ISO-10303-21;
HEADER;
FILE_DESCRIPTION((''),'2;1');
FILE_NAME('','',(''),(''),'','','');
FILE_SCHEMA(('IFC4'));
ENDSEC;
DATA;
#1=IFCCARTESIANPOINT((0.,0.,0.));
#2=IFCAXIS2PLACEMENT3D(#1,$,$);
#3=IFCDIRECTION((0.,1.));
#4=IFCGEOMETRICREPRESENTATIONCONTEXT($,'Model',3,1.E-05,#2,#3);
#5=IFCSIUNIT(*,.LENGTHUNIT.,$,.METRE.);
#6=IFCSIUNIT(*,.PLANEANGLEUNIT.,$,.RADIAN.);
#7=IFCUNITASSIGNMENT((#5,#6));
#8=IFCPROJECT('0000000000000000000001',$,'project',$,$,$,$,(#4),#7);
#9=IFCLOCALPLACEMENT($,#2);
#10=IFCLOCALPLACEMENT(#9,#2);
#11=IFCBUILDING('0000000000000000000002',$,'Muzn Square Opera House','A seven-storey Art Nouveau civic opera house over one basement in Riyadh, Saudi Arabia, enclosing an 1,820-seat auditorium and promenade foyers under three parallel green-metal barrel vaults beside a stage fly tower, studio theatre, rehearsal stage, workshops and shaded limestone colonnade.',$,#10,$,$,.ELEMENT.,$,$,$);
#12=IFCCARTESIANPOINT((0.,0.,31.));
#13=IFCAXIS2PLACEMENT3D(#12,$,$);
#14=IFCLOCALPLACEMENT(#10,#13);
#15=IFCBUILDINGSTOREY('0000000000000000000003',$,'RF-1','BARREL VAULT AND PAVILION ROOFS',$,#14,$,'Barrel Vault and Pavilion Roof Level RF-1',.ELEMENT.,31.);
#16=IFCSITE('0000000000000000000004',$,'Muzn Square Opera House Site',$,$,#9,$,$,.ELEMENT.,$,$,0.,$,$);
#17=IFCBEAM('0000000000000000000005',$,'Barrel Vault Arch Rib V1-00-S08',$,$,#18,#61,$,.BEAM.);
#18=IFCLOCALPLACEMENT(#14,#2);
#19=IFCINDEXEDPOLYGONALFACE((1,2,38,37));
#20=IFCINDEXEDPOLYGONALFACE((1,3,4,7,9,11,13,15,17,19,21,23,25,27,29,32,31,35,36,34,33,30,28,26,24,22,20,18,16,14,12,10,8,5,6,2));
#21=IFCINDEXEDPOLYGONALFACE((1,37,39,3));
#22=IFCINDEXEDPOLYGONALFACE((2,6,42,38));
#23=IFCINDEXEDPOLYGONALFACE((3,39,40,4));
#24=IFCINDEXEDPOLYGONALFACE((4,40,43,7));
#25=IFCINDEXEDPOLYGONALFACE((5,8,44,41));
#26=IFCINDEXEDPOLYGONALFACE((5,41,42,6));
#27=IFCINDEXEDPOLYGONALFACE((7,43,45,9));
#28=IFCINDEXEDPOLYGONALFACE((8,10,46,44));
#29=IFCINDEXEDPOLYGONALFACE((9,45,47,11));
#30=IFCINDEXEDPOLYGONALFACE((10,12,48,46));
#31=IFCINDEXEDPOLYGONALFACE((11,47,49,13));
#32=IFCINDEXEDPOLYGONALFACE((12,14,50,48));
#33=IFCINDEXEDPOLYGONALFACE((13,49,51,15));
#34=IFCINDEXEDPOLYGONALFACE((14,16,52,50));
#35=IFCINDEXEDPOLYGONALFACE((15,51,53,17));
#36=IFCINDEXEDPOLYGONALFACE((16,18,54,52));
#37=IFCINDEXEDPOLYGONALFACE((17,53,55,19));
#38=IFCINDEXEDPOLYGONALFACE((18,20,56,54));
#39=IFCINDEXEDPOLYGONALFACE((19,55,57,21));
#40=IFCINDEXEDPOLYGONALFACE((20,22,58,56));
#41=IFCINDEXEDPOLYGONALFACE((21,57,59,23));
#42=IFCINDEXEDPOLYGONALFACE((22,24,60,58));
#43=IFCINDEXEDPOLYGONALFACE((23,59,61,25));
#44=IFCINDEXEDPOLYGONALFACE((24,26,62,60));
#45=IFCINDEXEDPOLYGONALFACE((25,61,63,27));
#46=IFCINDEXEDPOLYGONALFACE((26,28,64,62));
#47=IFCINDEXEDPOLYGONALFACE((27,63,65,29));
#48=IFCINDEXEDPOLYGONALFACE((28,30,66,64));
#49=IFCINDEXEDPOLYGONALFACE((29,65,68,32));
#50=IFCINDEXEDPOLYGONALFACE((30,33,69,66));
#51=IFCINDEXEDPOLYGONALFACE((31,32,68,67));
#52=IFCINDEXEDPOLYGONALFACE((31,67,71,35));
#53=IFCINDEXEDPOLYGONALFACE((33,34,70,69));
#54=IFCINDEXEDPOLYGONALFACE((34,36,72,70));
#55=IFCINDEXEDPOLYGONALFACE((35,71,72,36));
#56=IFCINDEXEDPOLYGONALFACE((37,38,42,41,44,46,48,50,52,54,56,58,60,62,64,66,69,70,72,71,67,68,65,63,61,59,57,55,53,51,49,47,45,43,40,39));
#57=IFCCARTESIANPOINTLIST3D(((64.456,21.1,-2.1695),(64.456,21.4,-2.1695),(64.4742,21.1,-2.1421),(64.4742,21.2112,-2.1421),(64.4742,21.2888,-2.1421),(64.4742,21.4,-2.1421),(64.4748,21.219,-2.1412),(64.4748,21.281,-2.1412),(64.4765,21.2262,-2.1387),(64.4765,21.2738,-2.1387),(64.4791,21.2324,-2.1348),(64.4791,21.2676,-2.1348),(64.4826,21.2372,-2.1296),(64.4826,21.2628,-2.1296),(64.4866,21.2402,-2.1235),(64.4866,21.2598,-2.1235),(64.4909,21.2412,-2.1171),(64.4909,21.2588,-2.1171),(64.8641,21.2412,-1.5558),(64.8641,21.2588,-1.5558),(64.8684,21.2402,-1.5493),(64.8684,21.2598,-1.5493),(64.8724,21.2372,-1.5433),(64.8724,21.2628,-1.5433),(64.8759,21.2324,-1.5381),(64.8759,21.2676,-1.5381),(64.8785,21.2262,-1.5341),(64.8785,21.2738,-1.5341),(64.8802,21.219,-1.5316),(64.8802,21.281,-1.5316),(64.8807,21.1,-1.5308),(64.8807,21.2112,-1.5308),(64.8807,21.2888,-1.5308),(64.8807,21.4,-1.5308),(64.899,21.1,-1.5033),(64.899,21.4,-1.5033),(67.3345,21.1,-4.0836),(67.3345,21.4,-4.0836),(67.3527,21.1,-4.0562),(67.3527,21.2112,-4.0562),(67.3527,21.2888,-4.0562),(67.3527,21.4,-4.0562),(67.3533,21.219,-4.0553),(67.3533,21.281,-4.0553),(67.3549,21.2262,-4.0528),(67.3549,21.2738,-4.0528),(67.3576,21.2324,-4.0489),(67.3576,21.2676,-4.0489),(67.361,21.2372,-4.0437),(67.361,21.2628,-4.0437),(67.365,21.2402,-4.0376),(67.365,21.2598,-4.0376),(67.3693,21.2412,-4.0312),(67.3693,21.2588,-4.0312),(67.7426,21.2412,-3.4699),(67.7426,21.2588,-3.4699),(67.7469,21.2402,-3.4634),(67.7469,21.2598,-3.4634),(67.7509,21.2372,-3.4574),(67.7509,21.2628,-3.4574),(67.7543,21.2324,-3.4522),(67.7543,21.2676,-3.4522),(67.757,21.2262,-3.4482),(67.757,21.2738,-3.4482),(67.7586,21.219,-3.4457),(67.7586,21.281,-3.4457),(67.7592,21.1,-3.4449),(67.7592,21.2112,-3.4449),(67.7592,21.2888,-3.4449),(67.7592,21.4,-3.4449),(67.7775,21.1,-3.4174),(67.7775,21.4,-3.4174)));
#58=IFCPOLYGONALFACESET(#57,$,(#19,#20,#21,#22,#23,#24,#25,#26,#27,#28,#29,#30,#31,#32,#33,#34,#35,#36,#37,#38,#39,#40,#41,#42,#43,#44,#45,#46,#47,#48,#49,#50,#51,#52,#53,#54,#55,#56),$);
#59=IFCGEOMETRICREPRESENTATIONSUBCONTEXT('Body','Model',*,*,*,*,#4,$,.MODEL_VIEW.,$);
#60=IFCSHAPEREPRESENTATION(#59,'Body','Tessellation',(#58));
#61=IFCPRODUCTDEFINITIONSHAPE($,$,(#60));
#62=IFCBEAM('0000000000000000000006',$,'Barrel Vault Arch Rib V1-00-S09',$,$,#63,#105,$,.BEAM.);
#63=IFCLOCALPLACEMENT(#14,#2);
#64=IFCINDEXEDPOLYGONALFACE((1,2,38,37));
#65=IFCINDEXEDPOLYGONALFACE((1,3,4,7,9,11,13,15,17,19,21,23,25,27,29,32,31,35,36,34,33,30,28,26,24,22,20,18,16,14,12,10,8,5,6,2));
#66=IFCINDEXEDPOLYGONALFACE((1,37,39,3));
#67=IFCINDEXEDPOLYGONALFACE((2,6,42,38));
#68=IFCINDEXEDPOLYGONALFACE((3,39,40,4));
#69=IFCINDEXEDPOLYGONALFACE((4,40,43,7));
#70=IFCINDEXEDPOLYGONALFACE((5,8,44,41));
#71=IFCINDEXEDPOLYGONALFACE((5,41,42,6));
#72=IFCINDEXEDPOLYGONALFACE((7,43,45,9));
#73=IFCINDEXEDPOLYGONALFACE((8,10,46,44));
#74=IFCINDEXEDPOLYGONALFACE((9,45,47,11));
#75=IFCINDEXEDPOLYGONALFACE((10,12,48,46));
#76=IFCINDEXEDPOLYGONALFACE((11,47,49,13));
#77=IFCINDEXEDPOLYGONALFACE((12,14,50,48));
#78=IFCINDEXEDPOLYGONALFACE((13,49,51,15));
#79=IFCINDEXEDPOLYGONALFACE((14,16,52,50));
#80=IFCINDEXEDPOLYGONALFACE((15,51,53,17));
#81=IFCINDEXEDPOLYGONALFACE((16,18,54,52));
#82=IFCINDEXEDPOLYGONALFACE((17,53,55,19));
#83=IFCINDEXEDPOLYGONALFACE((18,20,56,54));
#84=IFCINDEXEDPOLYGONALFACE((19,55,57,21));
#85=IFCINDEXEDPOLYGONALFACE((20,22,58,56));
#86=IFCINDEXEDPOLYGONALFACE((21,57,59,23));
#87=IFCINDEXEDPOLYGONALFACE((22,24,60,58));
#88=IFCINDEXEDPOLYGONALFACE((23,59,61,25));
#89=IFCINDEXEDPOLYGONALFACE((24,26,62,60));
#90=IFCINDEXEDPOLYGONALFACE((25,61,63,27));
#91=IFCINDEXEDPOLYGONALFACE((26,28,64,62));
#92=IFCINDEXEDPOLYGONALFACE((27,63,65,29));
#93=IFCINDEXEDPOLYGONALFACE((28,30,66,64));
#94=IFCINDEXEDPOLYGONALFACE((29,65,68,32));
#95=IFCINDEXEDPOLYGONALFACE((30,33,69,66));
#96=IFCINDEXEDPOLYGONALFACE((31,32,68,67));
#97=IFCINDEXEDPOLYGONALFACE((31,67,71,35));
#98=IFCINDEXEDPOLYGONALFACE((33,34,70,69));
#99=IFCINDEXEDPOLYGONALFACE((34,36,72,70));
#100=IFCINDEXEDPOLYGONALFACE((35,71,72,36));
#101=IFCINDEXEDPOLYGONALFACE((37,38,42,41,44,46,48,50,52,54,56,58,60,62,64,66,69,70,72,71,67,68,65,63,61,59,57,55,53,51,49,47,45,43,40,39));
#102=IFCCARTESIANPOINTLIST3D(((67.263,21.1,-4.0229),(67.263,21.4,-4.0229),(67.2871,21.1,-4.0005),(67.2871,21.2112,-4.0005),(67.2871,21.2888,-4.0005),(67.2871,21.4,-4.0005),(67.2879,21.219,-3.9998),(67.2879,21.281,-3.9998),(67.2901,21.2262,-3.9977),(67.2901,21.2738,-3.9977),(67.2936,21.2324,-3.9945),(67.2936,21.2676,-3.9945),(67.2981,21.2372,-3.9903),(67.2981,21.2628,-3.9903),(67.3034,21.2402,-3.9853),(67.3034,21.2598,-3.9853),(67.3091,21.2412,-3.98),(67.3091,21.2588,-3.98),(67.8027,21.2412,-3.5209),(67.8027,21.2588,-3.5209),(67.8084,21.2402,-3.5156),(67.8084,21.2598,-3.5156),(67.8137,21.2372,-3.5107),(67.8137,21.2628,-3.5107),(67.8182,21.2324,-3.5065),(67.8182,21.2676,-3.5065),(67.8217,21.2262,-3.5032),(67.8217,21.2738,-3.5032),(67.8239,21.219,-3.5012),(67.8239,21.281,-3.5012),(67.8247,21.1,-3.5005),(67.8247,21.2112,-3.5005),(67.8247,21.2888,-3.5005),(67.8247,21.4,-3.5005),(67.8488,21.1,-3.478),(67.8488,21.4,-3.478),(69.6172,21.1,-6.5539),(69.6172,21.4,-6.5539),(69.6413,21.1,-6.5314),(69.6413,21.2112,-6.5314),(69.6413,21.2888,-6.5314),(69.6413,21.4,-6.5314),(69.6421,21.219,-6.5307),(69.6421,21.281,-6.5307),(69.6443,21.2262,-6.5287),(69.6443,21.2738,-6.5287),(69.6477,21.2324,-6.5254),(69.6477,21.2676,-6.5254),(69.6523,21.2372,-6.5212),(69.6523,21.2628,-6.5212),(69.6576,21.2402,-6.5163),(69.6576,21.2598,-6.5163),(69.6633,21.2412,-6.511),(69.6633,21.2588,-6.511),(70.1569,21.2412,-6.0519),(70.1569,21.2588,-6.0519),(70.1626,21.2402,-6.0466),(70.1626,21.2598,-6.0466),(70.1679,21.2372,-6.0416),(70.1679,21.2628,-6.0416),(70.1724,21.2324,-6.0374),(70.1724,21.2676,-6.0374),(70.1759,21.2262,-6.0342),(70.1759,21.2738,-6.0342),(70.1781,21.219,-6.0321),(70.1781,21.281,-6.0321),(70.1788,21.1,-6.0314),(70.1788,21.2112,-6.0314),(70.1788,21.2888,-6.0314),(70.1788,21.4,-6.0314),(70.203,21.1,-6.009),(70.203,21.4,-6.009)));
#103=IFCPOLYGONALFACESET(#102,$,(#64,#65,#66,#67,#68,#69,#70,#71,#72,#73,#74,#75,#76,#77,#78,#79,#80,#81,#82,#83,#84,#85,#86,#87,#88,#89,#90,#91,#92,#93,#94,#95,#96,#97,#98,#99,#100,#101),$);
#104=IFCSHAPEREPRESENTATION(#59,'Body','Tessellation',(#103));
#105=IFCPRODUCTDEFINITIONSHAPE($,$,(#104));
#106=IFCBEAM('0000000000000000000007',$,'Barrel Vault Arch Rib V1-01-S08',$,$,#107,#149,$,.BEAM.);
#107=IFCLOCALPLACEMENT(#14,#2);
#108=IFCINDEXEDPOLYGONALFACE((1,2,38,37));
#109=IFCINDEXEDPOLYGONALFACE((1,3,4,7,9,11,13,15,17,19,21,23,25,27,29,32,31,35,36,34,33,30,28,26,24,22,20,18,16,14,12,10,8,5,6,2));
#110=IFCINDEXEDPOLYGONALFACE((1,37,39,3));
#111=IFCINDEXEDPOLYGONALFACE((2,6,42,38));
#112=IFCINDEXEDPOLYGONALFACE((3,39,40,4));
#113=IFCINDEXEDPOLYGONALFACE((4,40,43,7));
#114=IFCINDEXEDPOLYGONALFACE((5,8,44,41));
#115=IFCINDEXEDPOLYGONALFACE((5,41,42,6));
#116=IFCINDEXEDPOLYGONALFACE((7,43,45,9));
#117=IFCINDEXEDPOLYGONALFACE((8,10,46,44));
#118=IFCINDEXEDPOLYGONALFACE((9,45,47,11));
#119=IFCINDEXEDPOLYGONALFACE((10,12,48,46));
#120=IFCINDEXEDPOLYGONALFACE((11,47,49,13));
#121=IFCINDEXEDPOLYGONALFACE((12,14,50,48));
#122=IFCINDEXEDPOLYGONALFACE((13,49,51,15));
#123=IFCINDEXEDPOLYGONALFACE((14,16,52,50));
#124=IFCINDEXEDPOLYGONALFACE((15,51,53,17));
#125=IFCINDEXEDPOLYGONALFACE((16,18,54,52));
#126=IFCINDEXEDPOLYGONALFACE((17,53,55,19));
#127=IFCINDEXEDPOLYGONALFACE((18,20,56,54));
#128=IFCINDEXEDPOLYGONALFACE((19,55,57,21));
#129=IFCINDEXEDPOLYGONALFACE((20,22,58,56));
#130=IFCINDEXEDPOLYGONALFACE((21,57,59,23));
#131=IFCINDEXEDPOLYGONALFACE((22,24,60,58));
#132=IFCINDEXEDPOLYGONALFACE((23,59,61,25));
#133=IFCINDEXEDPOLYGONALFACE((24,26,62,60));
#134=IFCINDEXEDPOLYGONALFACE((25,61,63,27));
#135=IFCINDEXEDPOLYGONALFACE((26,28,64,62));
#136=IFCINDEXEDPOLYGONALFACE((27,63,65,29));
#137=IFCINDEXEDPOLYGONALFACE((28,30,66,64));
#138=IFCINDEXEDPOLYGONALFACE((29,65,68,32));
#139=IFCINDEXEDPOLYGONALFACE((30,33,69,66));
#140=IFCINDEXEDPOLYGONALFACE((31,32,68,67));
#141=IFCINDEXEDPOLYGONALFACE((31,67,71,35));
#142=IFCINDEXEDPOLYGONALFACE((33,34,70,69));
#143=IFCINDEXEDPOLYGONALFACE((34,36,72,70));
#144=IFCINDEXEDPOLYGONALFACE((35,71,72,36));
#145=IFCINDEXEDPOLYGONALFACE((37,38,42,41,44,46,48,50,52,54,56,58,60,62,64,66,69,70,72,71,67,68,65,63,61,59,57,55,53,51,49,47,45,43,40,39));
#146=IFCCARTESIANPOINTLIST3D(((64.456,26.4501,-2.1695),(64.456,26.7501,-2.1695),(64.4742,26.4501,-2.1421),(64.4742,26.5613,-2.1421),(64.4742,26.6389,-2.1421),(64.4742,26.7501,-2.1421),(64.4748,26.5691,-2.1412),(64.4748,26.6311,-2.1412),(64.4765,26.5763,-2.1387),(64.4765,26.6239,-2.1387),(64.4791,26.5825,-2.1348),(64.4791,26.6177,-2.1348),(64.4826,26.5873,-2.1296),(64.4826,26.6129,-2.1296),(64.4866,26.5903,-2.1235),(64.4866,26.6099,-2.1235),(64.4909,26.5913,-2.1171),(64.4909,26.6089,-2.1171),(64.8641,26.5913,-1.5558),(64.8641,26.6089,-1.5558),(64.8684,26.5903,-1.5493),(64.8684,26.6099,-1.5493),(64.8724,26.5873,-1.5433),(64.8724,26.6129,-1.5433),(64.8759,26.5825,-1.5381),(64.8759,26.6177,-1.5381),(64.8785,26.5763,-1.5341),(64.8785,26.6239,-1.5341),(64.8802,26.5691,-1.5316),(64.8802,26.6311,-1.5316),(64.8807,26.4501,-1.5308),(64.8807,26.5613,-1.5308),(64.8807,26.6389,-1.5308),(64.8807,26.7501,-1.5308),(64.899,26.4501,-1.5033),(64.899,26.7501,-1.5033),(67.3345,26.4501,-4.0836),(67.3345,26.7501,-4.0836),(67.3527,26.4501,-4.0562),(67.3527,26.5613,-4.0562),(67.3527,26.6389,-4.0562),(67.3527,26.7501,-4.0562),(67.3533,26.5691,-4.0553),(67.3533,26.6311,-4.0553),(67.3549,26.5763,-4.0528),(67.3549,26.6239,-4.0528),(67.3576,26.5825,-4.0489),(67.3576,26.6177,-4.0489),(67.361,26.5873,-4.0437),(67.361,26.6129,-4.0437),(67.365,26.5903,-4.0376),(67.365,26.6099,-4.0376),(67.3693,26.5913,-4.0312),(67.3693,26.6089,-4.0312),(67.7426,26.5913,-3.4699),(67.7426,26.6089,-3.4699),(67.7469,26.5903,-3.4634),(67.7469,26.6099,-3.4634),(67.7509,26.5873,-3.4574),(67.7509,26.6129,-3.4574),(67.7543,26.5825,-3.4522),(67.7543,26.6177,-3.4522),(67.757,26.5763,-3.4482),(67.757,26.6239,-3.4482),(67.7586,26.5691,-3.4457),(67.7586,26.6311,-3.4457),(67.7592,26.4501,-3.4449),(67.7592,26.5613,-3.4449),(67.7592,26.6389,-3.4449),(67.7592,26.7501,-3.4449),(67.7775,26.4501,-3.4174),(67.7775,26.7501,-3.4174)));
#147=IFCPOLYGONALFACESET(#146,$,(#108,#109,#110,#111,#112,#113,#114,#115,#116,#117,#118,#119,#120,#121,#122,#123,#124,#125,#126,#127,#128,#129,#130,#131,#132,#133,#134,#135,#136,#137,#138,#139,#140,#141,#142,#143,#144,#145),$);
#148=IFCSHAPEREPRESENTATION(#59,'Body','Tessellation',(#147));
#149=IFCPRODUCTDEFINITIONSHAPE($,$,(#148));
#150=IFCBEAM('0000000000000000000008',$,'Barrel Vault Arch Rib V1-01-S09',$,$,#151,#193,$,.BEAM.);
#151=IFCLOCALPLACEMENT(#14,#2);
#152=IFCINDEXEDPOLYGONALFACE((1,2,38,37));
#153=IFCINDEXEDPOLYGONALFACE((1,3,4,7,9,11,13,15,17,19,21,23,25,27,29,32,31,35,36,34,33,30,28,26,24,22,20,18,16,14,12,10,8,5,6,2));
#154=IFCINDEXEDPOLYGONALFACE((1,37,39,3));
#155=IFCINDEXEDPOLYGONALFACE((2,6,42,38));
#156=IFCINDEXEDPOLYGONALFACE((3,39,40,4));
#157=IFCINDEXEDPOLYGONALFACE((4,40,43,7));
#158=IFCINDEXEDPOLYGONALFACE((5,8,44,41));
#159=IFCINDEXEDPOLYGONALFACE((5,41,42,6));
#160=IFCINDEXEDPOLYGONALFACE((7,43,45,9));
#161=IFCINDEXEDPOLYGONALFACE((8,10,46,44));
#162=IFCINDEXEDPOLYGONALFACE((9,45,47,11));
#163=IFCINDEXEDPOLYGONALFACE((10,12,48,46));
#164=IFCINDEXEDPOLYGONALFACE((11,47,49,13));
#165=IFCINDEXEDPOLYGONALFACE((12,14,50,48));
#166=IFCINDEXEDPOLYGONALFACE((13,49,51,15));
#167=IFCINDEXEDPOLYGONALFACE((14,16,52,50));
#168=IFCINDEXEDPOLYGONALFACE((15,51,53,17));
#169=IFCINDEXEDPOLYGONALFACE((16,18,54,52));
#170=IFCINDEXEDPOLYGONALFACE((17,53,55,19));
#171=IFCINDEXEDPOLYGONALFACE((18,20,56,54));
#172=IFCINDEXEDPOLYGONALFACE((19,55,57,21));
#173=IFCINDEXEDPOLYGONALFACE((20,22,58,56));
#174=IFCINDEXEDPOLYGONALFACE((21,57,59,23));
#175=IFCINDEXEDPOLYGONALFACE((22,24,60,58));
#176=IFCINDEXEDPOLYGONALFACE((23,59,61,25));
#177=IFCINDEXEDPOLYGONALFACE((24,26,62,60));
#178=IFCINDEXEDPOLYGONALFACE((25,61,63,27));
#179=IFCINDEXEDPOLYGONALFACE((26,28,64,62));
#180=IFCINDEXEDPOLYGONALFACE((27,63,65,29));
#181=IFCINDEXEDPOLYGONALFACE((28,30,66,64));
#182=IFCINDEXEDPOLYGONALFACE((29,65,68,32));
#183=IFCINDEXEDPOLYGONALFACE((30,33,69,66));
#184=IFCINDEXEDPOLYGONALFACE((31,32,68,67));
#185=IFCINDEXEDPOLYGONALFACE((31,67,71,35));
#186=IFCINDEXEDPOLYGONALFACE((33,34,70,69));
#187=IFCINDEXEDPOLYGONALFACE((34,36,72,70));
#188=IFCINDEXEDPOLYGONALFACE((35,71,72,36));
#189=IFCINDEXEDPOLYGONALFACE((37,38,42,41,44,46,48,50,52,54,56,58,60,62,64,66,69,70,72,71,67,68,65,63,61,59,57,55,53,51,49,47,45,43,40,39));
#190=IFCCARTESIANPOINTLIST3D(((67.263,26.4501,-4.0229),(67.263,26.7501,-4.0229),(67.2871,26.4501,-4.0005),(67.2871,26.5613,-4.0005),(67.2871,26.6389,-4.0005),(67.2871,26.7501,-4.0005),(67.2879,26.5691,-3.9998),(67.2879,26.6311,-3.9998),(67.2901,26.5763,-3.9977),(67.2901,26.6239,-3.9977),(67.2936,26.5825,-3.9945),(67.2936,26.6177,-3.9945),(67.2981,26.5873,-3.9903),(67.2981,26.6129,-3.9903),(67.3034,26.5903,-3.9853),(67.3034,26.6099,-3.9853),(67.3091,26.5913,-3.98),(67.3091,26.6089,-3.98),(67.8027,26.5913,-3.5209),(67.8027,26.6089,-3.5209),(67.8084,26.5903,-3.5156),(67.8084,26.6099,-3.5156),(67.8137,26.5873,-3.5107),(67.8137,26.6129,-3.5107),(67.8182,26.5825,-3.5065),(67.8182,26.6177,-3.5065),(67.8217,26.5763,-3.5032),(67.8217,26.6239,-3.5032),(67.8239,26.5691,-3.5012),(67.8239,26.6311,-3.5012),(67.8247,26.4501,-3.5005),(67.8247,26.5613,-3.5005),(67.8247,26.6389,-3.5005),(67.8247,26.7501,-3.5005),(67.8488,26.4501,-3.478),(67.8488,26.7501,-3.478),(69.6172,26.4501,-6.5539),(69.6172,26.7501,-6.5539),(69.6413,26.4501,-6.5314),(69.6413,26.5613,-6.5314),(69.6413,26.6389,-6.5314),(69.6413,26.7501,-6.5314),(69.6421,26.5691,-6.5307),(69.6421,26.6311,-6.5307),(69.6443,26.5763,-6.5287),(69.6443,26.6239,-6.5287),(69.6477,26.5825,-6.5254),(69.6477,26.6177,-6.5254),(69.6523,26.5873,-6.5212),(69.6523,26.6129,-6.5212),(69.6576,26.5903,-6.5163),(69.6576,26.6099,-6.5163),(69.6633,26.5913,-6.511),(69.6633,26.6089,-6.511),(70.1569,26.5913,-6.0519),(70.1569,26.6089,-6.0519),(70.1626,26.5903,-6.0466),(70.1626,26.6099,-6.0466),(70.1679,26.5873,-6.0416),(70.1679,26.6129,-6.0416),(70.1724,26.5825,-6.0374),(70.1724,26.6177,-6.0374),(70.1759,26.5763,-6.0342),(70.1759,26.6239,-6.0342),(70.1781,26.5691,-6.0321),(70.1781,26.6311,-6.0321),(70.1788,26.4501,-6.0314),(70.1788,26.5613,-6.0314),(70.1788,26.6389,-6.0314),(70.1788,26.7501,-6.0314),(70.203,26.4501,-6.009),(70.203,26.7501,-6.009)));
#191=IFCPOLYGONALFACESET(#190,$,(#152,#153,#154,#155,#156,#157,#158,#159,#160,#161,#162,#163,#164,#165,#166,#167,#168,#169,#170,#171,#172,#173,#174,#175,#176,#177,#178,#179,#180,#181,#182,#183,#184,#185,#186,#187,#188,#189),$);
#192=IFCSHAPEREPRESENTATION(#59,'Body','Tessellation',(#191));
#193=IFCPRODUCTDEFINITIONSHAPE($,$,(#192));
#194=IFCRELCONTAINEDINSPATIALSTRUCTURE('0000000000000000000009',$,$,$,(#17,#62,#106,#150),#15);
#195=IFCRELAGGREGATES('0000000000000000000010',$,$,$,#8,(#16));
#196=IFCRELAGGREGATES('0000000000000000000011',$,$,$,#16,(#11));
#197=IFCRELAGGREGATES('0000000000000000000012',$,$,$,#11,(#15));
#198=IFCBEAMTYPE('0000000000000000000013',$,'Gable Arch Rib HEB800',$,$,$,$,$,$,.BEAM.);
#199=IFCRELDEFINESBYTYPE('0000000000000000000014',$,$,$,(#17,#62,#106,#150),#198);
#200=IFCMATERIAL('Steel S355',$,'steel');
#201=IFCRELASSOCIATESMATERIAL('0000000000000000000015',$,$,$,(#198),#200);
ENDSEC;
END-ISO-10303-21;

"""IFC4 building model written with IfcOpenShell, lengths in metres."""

from ifc_helpers import new_model, si_unit, direction, frame, origin, origin_2d, place, context, subcontext, project, spatial, i_section, extrude, material, material_profile, profile_set, type_object, element, save


model = new_model("IFC4")

# Units and contexts
model_context = context("Model", 3, precision=1e-05, world=origin(), true_north=direction((0.0, 1.0)))
body_context = subcontext(model_context, "Body", "Model", "MODEL_VIEW")
ifc_project = project(units=[si_unit("LENGTHUNIT", "METRE"), si_unit("PLANEANGLEUNIT", "RADIAN")], contexts=[model_context])

# Site, building, storey
site_placement = place(None, origin())
site = spatial("IfcSite", under=ifc_project, at=site_placement, Name="Muzn Square Opera House Site", CompositionType="ELEMENT", RefElevation=0.0)
building_placement = place(site_placement, origin())
building = spatial("IfcBuilding", under=site, at=building_placement, Name="Muzn Square Opera House", Description="A seven-storey Art Nouveau civic opera house over one basement in Riyadh, Saudi Arabia, enclosing an 1,820-seat auditorium and promenade foyers under three parallel green-metal barrel vaults beside a stage fly tower, studio theatre, rehearsal stage, workshops and shaded limestone colonnade.", CompositionType="ELEMENT")
storey_placement = place(building_placement, frame((0.0, 0.0, 31.0)))
storey = spatial("IfcBuildingStorey", under=building, at=storey_placement, Name="RF-1", Description="BARREL VAULT AND PAVILION ROOFS", LongName="Barrel Vault and Pavilion Roof Level RF-1", CompositionType="ELEMENT", Elevation=31.0)

# Beams
ifc_material_1 = material(Name="Steel S355", Category="steel")
ifc_material_profile_1 = material_profile(ifc_material_1, i_section(OverallWidth=0.3, OverallDepth=0.8, WebThickness=0.0176, FlangeThickness=0.033, FilletRadius=0.03, at=origin_2d()), Name="HEB 800", Category="steel")
ifc_profile_set_1 = profile_set([ifc_material_profile_1], Name="Steel S355")
beam_type_1 = type_object("IfcBeamType", Name="Gable Arch Rib HEB800", PredefinedType="BEAM", material=ifc_profile_set_1)
beam_1_placement = place(storey_placement, frame((64.6775, 21.25, -1.8364), z_axis=(0.832702, 0.0, -0.553722), x_axis=(0.0, 1.0, 0.0)))
element("IfcBeam", 1, at=beam_1_placement, inside=storey, type_object=beam_type_1, Name="Barrel Vault Arch Rib V1-00-S08", PredefinedType="BEAM", context=body_context, shape_type="SweptSolid", body=[
    extrude(i_section(OverallWidth=0.3, OverallDepth=0.8, WebThickness=0.0176, FlangeThickness=0.033, FilletRadius=0.03, at=origin_2d()), origin(), (0.0, 0.0, 1.0), 3.4568),
])
beam_2_placement = place(storey_placement, frame((67.5559, 21.25, -3.7505), z_axis=(0.681077, 0.0, -0.732212), x_axis=(0.0, 1.0, 0.0)))
element("IfcBeam", 2, at=beam_2_placement, inside=storey, type_object=beam_type_1, Name="Barrel Vault Arch Rib V1-00-S09", PredefinedType="BEAM", context=body_context, shape_type="SweptSolid", body=[
    extrude(i_section(OverallWidth=0.3, OverallDepth=0.8, WebThickness=0.0176, FlangeThickness=0.033, FilletRadius=0.03, at=origin_2d()), origin(), (0.0, 0.0, 1.0), 3.4565),
])
beam_3_placement = place(storey_placement, frame((64.6775, 26.6001, -1.8364), z_axis=(0.832702, 0.0, -0.553722), x_axis=(0.0, 1.0, 0.0)))
element("IfcBeam", 3, at=beam_3_placement, inside=storey, type_object=beam_type_1, Name="Barrel Vault Arch Rib V1-01-S08", PredefinedType="BEAM", context=body_context, shape_type="SweptSolid", body=[
    extrude(i_section(OverallWidth=0.3, OverallDepth=0.8, WebThickness=0.0176, FlangeThickness=0.033, FilletRadius=0.03, at=origin_2d()), origin(), (0.0, 0.0, 1.0), 3.4568),
])
beam_4_placement = place(storey_placement, frame((67.5559, 26.6001, -3.7505), z_axis=(0.681077, 0.0, -0.732212), x_axis=(0.0, 1.0, 0.0)))
element("IfcBeam", 4, at=beam_4_placement, inside=storey, type_object=beam_type_1, Name="Barrel Vault Arch Rib V1-01-S09", PredefinedType="BEAM", context=body_context, shape_type="SweptSolid", body=[
    extrude(i_section(OverallWidth=0.3, OverallDepth=0.8, WebThickness=0.0176, FlangeThickness=0.033, FilletRadius=0.03, at=origin_2d()), origin(), (0.0, 0.0, 1.0), 3.4565),
])

save(model, "model.ifc")
